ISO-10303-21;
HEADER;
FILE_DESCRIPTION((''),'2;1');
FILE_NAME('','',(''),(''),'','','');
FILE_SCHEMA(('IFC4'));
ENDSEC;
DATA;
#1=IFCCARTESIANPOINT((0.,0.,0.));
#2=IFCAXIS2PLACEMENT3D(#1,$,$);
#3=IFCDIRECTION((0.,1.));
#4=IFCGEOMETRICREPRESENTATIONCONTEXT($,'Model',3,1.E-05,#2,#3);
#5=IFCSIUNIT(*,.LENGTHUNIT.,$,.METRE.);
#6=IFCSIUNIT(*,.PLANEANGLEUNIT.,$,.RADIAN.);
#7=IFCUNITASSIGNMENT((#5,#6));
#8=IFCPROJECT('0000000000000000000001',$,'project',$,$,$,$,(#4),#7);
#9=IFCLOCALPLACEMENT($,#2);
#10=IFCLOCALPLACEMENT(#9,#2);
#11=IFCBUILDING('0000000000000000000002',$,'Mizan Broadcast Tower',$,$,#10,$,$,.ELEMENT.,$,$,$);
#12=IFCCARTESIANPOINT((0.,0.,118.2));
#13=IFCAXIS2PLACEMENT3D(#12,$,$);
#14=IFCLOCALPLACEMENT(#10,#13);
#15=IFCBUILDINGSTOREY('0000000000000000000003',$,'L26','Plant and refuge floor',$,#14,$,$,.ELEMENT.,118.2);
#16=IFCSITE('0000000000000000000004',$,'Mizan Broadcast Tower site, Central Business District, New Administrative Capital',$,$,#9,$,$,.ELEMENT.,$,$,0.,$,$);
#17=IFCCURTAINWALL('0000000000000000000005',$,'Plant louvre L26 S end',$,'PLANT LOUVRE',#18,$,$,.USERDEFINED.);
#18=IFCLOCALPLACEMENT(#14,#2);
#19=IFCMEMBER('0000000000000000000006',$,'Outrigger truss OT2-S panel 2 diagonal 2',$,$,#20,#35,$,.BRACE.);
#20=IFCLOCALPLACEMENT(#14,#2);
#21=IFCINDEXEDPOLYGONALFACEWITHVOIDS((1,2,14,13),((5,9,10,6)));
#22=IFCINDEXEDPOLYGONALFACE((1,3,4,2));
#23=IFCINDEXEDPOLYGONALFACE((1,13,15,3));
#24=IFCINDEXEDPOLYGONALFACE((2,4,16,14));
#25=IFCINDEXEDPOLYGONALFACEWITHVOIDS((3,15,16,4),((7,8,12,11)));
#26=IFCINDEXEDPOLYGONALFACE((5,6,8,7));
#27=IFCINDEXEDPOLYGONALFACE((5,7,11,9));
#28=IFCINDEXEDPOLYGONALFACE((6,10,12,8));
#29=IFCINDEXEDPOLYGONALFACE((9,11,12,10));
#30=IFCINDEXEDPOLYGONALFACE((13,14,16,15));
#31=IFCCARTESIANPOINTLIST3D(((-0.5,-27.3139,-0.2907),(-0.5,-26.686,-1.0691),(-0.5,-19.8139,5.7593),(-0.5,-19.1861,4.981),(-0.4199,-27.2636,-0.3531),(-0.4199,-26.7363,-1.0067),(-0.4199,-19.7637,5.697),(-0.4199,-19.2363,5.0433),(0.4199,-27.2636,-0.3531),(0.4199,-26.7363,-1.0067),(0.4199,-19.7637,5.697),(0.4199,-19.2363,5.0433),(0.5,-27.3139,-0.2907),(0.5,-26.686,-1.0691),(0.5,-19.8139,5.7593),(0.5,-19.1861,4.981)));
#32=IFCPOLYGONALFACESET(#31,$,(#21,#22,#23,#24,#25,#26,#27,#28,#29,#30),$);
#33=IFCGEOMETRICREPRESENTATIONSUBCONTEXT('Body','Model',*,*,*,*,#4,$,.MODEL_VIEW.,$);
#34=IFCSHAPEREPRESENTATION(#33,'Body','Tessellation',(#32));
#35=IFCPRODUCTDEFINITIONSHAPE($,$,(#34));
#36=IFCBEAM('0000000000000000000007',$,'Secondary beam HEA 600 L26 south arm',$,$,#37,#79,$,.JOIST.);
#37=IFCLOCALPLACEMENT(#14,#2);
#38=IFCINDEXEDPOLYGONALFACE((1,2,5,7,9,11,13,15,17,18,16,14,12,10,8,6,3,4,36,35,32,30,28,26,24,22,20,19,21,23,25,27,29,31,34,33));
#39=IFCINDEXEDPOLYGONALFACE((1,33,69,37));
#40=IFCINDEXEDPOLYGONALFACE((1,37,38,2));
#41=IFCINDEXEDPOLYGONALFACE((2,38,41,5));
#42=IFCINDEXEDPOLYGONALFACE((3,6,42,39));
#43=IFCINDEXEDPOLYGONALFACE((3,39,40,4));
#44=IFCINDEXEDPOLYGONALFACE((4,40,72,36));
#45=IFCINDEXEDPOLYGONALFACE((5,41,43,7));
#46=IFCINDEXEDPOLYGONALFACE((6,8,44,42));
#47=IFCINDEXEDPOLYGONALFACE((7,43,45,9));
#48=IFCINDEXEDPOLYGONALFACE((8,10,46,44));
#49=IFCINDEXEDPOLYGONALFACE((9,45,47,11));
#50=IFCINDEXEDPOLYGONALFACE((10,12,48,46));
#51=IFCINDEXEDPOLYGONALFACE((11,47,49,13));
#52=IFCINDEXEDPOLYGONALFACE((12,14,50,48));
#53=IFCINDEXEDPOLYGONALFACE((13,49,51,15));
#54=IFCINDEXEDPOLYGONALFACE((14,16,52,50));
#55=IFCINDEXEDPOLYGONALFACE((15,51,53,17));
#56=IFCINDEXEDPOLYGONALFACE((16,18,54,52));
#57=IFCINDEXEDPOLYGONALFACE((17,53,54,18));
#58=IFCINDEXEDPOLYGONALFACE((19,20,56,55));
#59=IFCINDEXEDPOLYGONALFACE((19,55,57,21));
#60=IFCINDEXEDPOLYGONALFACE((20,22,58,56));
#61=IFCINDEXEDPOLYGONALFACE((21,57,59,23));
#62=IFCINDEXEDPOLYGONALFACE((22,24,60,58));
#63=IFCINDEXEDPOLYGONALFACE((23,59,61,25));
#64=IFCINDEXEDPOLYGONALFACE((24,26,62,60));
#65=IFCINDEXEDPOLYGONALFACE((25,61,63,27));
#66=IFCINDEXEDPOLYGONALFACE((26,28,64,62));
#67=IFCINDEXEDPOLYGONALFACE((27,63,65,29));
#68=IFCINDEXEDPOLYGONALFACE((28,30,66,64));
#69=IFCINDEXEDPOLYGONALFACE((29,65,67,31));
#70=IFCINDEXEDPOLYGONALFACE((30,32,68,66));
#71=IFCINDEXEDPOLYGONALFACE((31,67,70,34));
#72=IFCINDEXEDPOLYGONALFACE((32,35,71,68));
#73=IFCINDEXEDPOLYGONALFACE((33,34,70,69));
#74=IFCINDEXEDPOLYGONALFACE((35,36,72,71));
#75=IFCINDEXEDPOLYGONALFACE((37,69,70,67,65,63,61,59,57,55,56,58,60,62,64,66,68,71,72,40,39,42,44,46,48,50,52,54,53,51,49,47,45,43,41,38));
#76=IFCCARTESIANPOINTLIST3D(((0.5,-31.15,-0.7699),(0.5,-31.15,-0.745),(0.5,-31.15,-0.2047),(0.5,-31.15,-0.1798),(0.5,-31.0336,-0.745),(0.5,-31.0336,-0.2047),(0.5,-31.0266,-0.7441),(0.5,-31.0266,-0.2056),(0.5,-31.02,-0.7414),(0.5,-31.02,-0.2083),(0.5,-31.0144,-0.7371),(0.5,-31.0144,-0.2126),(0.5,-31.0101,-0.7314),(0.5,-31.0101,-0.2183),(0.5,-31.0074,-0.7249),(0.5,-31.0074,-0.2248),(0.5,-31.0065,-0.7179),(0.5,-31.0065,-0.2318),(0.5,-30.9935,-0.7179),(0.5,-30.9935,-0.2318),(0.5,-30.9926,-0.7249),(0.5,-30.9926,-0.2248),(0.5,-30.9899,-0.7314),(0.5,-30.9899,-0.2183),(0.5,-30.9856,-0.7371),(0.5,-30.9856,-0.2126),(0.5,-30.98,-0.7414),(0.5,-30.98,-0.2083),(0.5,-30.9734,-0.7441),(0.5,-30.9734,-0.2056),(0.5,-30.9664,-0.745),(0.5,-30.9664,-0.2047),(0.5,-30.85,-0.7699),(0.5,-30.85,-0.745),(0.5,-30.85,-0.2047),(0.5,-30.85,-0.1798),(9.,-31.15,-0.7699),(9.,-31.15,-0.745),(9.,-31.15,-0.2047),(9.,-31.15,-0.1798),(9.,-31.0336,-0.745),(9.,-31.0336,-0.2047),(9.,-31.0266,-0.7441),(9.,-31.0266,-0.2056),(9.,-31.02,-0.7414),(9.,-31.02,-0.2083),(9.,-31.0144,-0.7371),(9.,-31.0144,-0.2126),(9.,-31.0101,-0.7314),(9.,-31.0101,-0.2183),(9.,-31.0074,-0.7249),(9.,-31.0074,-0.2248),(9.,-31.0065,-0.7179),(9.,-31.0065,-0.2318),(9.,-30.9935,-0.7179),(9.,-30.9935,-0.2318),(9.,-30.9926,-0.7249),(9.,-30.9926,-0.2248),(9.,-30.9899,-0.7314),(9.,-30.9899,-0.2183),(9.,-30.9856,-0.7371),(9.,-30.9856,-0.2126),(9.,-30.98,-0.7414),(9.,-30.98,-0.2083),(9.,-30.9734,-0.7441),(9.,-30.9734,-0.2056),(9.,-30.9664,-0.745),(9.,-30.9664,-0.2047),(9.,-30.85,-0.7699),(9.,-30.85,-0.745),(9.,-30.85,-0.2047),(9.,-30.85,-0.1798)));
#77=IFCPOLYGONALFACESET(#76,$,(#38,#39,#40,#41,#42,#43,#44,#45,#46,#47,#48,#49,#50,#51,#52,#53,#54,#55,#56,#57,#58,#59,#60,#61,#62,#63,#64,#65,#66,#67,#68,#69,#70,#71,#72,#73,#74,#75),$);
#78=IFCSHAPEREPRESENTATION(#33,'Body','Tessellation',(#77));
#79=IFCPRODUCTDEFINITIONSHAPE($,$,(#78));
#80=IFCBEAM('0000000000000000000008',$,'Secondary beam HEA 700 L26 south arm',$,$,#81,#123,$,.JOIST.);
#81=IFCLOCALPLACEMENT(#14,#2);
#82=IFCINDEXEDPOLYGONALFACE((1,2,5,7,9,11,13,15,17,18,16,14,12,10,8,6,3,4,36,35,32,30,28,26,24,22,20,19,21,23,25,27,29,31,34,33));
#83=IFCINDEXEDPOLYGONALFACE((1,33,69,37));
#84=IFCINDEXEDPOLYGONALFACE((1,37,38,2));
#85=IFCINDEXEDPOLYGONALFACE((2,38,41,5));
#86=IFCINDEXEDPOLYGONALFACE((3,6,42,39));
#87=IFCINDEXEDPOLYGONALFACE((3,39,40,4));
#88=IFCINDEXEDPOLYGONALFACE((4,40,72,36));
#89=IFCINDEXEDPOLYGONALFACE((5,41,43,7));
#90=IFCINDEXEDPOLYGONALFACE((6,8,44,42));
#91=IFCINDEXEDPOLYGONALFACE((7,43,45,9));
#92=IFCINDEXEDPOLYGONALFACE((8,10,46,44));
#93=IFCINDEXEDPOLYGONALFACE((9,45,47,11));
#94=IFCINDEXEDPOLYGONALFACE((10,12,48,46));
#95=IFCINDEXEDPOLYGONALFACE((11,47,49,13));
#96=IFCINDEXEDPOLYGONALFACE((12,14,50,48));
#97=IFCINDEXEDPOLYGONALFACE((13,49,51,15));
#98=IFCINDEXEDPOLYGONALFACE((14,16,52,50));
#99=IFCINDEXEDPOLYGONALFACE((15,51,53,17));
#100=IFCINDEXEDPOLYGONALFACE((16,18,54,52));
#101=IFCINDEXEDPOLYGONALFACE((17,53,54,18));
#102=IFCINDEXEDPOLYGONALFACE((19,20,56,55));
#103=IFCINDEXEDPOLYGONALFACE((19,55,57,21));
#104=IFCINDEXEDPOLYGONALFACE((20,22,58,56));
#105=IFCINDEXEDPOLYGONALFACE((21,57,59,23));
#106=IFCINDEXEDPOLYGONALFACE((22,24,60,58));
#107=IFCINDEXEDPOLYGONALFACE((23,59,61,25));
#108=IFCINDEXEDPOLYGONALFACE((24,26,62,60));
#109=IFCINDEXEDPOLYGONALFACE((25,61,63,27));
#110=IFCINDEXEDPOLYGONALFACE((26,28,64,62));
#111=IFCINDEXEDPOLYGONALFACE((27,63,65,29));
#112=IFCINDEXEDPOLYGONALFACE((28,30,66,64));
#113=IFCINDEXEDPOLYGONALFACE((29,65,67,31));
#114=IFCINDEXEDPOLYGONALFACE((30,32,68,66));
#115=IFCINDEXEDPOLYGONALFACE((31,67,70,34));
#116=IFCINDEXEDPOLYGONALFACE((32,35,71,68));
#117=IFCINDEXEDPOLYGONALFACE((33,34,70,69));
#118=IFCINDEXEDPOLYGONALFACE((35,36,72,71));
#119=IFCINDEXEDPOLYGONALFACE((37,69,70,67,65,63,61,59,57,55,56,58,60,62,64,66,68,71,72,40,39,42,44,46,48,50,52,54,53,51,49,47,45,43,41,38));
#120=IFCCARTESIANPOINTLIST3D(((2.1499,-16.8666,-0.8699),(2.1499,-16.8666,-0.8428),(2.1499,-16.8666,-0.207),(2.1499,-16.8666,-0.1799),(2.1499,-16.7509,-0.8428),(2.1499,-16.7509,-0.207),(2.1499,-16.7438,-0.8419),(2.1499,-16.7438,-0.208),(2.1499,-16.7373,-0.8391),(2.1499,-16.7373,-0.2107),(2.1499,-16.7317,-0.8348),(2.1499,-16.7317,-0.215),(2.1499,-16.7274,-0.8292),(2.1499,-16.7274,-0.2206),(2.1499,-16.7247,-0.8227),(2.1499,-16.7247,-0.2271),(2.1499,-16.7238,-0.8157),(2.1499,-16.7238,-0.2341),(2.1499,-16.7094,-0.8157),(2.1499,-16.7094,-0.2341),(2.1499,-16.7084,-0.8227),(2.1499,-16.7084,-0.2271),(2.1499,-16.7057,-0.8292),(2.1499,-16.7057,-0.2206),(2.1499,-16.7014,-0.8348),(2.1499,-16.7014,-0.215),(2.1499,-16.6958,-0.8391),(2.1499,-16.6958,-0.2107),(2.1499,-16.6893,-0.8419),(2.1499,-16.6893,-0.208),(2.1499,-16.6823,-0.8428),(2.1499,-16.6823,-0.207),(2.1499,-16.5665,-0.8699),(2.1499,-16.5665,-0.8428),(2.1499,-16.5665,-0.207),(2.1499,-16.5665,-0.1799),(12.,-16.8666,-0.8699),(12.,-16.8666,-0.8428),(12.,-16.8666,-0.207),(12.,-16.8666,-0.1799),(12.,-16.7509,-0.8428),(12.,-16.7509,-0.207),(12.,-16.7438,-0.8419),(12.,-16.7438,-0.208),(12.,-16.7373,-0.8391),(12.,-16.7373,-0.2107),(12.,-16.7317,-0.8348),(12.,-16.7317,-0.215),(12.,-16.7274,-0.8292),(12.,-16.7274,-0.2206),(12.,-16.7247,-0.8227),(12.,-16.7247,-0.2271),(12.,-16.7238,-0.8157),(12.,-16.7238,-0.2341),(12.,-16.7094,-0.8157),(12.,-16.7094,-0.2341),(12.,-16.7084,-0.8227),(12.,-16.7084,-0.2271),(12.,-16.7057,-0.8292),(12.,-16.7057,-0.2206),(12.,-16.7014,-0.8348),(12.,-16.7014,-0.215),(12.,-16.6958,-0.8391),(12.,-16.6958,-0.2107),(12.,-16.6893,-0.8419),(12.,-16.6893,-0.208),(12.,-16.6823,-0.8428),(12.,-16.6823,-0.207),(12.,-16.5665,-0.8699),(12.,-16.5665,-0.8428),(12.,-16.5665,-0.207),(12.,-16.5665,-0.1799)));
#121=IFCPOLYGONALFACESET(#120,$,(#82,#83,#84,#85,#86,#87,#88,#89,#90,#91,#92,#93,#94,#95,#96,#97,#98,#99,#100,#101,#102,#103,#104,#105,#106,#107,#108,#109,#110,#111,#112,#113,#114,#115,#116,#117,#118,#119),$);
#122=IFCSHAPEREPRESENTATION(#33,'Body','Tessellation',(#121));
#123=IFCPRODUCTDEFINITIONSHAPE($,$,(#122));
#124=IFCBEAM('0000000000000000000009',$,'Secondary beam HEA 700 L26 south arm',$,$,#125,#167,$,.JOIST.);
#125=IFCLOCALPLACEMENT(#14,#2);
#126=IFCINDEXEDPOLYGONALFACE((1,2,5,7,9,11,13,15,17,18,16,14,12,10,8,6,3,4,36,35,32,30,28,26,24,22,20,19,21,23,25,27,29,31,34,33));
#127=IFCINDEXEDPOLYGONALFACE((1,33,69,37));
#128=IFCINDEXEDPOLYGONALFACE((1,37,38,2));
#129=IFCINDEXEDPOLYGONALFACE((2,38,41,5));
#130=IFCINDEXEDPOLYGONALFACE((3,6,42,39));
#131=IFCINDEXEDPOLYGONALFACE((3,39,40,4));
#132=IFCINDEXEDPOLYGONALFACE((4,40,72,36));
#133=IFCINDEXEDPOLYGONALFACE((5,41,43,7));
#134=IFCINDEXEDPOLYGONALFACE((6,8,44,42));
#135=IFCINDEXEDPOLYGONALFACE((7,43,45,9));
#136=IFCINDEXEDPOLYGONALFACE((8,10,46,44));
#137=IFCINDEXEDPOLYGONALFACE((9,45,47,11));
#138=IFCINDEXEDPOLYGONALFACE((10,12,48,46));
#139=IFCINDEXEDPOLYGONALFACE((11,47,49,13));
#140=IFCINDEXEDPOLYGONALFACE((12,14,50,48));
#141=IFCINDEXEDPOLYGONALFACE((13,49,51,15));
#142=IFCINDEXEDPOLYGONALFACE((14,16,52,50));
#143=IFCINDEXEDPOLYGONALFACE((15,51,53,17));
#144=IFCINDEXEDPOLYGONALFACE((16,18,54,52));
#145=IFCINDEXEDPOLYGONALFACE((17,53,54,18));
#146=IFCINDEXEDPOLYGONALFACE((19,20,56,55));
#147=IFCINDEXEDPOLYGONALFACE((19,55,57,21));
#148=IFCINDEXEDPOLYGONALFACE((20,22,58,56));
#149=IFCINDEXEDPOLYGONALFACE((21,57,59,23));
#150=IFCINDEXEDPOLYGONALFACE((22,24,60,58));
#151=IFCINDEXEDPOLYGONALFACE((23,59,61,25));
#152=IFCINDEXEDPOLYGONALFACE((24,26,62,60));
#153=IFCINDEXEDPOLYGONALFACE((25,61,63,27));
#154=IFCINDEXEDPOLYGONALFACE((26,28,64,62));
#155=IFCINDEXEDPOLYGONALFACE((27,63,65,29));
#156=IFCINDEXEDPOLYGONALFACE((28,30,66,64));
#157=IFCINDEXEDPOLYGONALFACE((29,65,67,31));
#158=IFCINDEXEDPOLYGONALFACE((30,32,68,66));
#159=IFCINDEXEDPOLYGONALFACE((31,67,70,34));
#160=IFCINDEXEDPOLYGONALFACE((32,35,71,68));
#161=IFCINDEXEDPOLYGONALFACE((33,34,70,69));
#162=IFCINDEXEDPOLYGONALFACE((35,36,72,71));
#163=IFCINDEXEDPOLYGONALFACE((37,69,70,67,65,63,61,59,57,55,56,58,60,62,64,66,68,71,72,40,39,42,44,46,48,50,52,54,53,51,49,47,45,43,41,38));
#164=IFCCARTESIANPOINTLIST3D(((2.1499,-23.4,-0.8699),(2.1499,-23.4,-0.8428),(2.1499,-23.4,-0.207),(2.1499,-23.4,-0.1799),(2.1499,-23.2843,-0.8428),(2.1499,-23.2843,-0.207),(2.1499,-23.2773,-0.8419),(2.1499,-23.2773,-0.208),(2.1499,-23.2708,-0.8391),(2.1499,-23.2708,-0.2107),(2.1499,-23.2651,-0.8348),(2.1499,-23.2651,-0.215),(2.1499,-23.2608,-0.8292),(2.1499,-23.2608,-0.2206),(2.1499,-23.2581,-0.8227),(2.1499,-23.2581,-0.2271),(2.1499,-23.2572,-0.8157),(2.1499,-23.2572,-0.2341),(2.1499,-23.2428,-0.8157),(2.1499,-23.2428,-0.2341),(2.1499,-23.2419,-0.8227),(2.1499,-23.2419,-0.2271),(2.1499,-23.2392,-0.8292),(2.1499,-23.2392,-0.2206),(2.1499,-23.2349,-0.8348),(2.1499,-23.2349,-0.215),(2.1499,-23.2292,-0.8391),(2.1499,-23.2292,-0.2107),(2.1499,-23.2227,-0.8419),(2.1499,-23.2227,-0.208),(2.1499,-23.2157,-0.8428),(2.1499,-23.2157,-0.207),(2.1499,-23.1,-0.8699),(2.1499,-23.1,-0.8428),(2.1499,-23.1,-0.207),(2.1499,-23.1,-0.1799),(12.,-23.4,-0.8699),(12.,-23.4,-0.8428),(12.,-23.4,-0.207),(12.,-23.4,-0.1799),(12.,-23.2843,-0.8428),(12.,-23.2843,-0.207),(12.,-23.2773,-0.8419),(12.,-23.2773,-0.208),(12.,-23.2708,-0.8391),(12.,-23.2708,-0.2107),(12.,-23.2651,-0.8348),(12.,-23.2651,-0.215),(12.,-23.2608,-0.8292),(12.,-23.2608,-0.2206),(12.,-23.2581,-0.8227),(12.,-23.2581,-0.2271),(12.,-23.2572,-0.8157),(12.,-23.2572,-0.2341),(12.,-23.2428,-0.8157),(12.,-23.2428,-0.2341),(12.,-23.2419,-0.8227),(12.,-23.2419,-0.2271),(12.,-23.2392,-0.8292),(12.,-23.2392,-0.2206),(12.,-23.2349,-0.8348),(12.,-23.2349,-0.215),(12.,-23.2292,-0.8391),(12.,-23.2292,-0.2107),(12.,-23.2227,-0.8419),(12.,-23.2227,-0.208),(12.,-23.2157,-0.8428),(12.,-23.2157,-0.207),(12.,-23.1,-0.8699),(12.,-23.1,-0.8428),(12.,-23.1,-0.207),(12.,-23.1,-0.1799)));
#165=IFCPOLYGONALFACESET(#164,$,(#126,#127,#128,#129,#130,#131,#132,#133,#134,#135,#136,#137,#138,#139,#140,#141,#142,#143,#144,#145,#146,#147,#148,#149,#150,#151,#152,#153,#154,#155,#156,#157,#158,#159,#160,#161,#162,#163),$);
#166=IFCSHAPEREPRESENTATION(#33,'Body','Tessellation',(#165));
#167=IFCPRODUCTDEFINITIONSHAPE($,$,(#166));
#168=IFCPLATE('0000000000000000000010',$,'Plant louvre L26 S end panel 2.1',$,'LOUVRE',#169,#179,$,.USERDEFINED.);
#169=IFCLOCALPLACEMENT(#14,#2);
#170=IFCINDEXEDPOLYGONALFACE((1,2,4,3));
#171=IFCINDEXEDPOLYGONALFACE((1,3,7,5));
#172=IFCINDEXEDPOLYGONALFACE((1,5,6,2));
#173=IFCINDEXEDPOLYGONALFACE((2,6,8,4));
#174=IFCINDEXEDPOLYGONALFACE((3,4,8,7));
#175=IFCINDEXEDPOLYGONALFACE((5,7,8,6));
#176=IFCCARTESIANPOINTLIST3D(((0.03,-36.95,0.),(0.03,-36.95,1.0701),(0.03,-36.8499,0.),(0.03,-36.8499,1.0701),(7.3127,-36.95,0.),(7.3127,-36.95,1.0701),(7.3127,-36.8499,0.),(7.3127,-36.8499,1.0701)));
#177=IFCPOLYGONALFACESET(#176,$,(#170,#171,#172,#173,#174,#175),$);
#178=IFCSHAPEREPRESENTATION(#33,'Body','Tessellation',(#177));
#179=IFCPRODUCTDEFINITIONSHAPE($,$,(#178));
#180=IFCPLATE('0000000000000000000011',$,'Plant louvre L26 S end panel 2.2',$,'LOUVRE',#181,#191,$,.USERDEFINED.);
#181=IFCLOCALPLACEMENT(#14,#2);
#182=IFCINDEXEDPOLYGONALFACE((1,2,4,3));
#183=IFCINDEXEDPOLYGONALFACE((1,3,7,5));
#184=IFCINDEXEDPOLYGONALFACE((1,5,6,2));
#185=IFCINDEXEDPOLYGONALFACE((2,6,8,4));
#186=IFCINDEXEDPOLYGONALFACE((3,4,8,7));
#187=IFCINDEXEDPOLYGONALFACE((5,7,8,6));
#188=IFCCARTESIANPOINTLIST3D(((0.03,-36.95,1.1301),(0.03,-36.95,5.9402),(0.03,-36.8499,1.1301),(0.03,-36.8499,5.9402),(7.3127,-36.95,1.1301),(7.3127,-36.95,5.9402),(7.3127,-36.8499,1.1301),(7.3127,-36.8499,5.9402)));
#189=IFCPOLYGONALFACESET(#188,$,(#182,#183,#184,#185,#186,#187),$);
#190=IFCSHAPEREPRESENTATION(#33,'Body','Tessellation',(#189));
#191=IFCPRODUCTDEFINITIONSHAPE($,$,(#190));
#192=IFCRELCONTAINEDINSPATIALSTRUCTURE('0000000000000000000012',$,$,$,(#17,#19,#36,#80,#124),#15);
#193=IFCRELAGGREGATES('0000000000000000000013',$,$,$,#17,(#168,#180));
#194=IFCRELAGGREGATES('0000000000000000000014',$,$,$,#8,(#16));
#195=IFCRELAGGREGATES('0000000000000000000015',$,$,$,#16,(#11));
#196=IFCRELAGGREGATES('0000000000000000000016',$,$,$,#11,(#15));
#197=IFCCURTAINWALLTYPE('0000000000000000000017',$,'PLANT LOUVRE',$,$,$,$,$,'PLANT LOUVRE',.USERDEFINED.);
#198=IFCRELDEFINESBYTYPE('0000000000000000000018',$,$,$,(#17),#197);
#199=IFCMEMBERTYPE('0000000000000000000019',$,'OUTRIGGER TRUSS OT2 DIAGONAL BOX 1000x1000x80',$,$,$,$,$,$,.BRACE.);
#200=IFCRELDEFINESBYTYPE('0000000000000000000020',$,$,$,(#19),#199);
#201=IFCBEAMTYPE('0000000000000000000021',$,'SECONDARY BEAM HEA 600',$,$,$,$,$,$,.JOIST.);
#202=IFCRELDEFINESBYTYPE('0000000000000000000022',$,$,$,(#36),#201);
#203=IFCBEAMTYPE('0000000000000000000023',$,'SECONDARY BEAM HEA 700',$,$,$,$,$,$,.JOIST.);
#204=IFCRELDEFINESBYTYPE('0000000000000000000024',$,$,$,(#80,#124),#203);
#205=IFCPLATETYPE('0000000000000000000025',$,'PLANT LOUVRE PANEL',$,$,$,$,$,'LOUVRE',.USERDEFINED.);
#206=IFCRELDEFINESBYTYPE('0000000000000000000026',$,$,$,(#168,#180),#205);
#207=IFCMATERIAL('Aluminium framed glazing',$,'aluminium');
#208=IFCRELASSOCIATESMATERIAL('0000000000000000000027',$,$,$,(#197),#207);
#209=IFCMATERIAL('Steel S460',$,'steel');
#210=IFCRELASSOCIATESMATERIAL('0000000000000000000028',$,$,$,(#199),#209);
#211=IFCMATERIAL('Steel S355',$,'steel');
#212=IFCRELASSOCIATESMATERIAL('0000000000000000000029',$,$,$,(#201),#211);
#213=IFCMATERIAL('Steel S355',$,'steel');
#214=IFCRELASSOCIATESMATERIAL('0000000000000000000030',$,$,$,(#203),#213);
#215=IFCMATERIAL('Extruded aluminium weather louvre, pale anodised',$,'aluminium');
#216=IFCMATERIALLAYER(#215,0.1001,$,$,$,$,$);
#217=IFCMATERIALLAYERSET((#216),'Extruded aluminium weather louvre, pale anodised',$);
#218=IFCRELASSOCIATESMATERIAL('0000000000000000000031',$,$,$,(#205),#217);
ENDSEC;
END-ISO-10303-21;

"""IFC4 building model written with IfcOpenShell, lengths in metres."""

from ifc_helpers import new_model, si_unit, direction, frame, origin, origin_2d, place, context, subcontext, project, spatial, rectangle, hollow_rectangle, i_section, extrude, material, layer, layer_set, material_profile, profile_set, type_object, element, aggregate, save


model = new_model("IFC4")

# Units and contexts
model_context = context("Model", 3, precision=1e-05, world=origin(), true_north=direction((0.0, 1.0)))
body_context = subcontext(model_context, "Body", "Model", "MODEL_VIEW")
ifc_project = project(units=[si_unit("LENGTHUNIT", "METRE"), si_unit("PLANEANGLEUNIT", "RADIAN")], contexts=[model_context])

# Site, building, storey
site_placement = place(None, origin())
site = spatial("IfcSite", under=ifc_project, at=site_placement, Name="Mizan Broadcast Tower site, Central Business District, New Administrative Capital", CompositionType="ELEMENT", RefElevation=0.0)
building_placement = place(site_placement, origin())
building = spatial("IfcBuilding", under=site, at=building_placement, Name="Mizan Broadcast Tower", CompositionType="ELEMENT")
storey_placement = place(building_placement, frame((0.0, 0.0, 118.2)))
storey = spatial("IfcBuildingStorey", under=building, at=storey_placement, Name="L26", Description="Plant and refuge floor", CompositionType="ELEMENT", Elevation=118.2)

# Curtain wall
ifc_material_1 = material(Name="Aluminium framed glazing", Category="aluminium")
curtain_wall_type = type_object("IfcCurtainWallType", Name="PLANT LOUVRE", ElementType="PLANT LOUVRE", PredefinedType="USERDEFINED", material=ifc_material_1)
curtain_wall_1_placement = place(storey_placement, origin())
curtain_wall_1 = element("IfcCurtainWall", 1, at=curtain_wall_1_placement, inside=storey, type_object=curtain_wall_type, Name="Plant louvre L26 S end", ObjectType="PLANT LOUVRE", PredefinedType="USERDEFINED")

# Member
ifc_material_2 = material(Name="Steel S460", Category="steel")
ifc_material_profile_1 = material_profile(ifc_material_2, hollow_rectangle(XDim=1.0, YDim=1.0, WallThickness=0.0801, at=origin_2d()), Name="BOX 1000x1000x80")
ifc_profile_set_1 = profile_set([ifc_material_profile_1], Name="Steel S460")
member_type_1 = type_object("IfcMemberType", Name="OUTRIGGER TRUSS OT2 DIAGONAL BOX 1000x1000x80", PredefinedType="BRACE", material=ifc_profile_set_1)
for number, where, z_axis, x_axis, name in (
    (2, (0.0, -19.5, 5.3701), (0.0, -0.778329, -0.627857), (1.0, 0.0, 0.0), "Outrigger truss OT2-S panel 2 diagonal 2"),
):
    element("IfcMember", number, at=place(storey_placement, frame(where, z_axis=z_axis, x_axis=x_axis)), inside=storey, type_object=member_type_1, Name=name, PredefinedType="BRACE", context=body_context, shape_type="SweptSolid", body=[
        extrude(hollow_rectangle(XDim=1.0, YDim=1.0, WallThickness=0.0801, at=origin_2d()), origin(), (0.0, 0.0, 1.0), 9.636),
    ])

# Beams
ifc_material_3 = material(Name="Steel S355", Category="steel")
ifc_material_profile_2 = material_profile(ifc_material_3, i_section(OverallWidth=0.3, OverallDepth=0.5901, WebThickness=0.0129, FlangeThickness=0.0249, FilletRadius=0.0271, at=origin_2d()), Name="HEA 600")
ifc_profile_set_2 = profile_set([ifc_material_profile_2], Name="Steel S355")
beam_type_1 = type_object("IfcBeamType", Name="SECONDARY BEAM HEA 600", PredefinedType="JOIST", material=ifc_profile_set_2)
beam_1_placement = place(storey_placement, frame((9.0, -31.0, -0.4749), z_axis=(-1.0, 0.0, 0.0), x_axis=(0.0, -1.0, 0.0)))
element("IfcBeam", 3, at=beam_1_placement, inside=storey, type_object=beam_type_1, Name="Secondary beam HEA 600 L26 south arm", PredefinedType="JOIST", context=body_context, shape_type="SweptSolid", body=[
    extrude(i_section(OverallWidth=0.3, OverallDepth=0.5901, WebThickness=0.0129, FlangeThickness=0.0249, FilletRadius=0.0271, at=origin_2d()), origin(), (0.0, 0.0, 1.0), 8.5),
])
ifc_material_4 = material(Name="Steel S355", Category="steel")
ifc_material_profile_3 = material_profile(ifc_material_4, i_section(OverallWidth=0.3, OverallDepth=0.6899, WebThickness=0.0144, FlangeThickness=0.0271, FilletRadius=0.0271, at=origin_2d()), Name="HEA 700")
ifc_profile_set_3 = profile_set([ifc_material_profile_3], Name="Steel S355")
beam_type_2 = type_object("IfcBeamType", Name="SECONDARY BEAM HEA 700", PredefinedType="JOIST", material=ifc_profile_set_3)
for number, where, z_axis, x_axis, name in (
    (4, (12.0, -16.7166, -0.5249), (-1.0, 0.0, 0.0), (0.0, -1.0, 0.0), "Secondary beam HEA 700 L26 south arm"),
    (5, (12.0, -23.25, -0.5249), (-1.0, 0.0, 0.0), (0.0, -1.0, 0.0), "Secondary beam HEA 700 L26 south arm"),
):
    element("IfcBeam", number, at=place(storey_placement, frame(where, z_axis=z_axis, x_axis=x_axis)), inside=storey, type_object=beam_type_2, Name=name, PredefinedType="JOIST", context=body_context, shape_type="SweptSolid", body=[
        extrude(i_section(OverallWidth=0.3, OverallDepth=0.6899, WebThickness=0.0144, FlangeThickness=0.0271, FilletRadius=0.0271, at=origin_2d()), origin(), (0.0, 0.0, 1.0), 9.8501),
    ])

# Plates
ifc_material_5 = material(Name="Extruded aluminium weather louvre, pale anodised", Category="aluminium")
ifc_layer = layer(ifc_material_5, 0.1001)
ifc_layer_set = layer_set([ifc_layer], Name="Extruded aluminium weather louvre, pale anodised")
plate_type = type_object("IfcPlateType", Name="PLANT LOUVRE PANEL", ElementType="LOUVRE", PredefinedType="USERDEFINED", material=ifc_layer_set)
plate_1_placement = place(storey_placement, frame((3.6714, -36.8999, 0.0), z_axis=(0.0, 0.0, 1.0), x_axis=(1.0, 0.0, 0.0)))
plate_1 = element("IfcPlate", 6, at=plate_1_placement, type_object=plate_type, Name="Plant louvre L26 S end panel 2.1", ObjectType="LOUVRE", PredefinedType="USERDEFINED", context=body_context, shape_type="SweptSolid", body=[
    extrude(rectangle(XDim=7.2827, YDim=0.1001, at=origin_2d()), origin(), (0.0, 0.0, 1.0), 1.0701),
])
plate_2_placement = place(storey_placement, frame((3.6714, -36.8999, 1.1301), z_axis=(0.0, 0.0, 1.0), x_axis=(1.0, 0.0, 0.0)))
plate_2 = element("IfcPlate", 7, at=plate_2_placement, type_object=plate_type, Name="Plant louvre L26 S end panel 2.2", ObjectType="LOUVRE", PredefinedType="USERDEFINED", context=body_context, shape_type="SweptSolid", body=[
    extrude(rectangle(XDim=7.2827, YDim=0.1001, at=origin_2d()), origin(), (0.0, 0.0, 1.0), 4.8101),
])
aggregate(curtain_wall_1, [plate_1, plate_2])

save(model, "model.ifc")
